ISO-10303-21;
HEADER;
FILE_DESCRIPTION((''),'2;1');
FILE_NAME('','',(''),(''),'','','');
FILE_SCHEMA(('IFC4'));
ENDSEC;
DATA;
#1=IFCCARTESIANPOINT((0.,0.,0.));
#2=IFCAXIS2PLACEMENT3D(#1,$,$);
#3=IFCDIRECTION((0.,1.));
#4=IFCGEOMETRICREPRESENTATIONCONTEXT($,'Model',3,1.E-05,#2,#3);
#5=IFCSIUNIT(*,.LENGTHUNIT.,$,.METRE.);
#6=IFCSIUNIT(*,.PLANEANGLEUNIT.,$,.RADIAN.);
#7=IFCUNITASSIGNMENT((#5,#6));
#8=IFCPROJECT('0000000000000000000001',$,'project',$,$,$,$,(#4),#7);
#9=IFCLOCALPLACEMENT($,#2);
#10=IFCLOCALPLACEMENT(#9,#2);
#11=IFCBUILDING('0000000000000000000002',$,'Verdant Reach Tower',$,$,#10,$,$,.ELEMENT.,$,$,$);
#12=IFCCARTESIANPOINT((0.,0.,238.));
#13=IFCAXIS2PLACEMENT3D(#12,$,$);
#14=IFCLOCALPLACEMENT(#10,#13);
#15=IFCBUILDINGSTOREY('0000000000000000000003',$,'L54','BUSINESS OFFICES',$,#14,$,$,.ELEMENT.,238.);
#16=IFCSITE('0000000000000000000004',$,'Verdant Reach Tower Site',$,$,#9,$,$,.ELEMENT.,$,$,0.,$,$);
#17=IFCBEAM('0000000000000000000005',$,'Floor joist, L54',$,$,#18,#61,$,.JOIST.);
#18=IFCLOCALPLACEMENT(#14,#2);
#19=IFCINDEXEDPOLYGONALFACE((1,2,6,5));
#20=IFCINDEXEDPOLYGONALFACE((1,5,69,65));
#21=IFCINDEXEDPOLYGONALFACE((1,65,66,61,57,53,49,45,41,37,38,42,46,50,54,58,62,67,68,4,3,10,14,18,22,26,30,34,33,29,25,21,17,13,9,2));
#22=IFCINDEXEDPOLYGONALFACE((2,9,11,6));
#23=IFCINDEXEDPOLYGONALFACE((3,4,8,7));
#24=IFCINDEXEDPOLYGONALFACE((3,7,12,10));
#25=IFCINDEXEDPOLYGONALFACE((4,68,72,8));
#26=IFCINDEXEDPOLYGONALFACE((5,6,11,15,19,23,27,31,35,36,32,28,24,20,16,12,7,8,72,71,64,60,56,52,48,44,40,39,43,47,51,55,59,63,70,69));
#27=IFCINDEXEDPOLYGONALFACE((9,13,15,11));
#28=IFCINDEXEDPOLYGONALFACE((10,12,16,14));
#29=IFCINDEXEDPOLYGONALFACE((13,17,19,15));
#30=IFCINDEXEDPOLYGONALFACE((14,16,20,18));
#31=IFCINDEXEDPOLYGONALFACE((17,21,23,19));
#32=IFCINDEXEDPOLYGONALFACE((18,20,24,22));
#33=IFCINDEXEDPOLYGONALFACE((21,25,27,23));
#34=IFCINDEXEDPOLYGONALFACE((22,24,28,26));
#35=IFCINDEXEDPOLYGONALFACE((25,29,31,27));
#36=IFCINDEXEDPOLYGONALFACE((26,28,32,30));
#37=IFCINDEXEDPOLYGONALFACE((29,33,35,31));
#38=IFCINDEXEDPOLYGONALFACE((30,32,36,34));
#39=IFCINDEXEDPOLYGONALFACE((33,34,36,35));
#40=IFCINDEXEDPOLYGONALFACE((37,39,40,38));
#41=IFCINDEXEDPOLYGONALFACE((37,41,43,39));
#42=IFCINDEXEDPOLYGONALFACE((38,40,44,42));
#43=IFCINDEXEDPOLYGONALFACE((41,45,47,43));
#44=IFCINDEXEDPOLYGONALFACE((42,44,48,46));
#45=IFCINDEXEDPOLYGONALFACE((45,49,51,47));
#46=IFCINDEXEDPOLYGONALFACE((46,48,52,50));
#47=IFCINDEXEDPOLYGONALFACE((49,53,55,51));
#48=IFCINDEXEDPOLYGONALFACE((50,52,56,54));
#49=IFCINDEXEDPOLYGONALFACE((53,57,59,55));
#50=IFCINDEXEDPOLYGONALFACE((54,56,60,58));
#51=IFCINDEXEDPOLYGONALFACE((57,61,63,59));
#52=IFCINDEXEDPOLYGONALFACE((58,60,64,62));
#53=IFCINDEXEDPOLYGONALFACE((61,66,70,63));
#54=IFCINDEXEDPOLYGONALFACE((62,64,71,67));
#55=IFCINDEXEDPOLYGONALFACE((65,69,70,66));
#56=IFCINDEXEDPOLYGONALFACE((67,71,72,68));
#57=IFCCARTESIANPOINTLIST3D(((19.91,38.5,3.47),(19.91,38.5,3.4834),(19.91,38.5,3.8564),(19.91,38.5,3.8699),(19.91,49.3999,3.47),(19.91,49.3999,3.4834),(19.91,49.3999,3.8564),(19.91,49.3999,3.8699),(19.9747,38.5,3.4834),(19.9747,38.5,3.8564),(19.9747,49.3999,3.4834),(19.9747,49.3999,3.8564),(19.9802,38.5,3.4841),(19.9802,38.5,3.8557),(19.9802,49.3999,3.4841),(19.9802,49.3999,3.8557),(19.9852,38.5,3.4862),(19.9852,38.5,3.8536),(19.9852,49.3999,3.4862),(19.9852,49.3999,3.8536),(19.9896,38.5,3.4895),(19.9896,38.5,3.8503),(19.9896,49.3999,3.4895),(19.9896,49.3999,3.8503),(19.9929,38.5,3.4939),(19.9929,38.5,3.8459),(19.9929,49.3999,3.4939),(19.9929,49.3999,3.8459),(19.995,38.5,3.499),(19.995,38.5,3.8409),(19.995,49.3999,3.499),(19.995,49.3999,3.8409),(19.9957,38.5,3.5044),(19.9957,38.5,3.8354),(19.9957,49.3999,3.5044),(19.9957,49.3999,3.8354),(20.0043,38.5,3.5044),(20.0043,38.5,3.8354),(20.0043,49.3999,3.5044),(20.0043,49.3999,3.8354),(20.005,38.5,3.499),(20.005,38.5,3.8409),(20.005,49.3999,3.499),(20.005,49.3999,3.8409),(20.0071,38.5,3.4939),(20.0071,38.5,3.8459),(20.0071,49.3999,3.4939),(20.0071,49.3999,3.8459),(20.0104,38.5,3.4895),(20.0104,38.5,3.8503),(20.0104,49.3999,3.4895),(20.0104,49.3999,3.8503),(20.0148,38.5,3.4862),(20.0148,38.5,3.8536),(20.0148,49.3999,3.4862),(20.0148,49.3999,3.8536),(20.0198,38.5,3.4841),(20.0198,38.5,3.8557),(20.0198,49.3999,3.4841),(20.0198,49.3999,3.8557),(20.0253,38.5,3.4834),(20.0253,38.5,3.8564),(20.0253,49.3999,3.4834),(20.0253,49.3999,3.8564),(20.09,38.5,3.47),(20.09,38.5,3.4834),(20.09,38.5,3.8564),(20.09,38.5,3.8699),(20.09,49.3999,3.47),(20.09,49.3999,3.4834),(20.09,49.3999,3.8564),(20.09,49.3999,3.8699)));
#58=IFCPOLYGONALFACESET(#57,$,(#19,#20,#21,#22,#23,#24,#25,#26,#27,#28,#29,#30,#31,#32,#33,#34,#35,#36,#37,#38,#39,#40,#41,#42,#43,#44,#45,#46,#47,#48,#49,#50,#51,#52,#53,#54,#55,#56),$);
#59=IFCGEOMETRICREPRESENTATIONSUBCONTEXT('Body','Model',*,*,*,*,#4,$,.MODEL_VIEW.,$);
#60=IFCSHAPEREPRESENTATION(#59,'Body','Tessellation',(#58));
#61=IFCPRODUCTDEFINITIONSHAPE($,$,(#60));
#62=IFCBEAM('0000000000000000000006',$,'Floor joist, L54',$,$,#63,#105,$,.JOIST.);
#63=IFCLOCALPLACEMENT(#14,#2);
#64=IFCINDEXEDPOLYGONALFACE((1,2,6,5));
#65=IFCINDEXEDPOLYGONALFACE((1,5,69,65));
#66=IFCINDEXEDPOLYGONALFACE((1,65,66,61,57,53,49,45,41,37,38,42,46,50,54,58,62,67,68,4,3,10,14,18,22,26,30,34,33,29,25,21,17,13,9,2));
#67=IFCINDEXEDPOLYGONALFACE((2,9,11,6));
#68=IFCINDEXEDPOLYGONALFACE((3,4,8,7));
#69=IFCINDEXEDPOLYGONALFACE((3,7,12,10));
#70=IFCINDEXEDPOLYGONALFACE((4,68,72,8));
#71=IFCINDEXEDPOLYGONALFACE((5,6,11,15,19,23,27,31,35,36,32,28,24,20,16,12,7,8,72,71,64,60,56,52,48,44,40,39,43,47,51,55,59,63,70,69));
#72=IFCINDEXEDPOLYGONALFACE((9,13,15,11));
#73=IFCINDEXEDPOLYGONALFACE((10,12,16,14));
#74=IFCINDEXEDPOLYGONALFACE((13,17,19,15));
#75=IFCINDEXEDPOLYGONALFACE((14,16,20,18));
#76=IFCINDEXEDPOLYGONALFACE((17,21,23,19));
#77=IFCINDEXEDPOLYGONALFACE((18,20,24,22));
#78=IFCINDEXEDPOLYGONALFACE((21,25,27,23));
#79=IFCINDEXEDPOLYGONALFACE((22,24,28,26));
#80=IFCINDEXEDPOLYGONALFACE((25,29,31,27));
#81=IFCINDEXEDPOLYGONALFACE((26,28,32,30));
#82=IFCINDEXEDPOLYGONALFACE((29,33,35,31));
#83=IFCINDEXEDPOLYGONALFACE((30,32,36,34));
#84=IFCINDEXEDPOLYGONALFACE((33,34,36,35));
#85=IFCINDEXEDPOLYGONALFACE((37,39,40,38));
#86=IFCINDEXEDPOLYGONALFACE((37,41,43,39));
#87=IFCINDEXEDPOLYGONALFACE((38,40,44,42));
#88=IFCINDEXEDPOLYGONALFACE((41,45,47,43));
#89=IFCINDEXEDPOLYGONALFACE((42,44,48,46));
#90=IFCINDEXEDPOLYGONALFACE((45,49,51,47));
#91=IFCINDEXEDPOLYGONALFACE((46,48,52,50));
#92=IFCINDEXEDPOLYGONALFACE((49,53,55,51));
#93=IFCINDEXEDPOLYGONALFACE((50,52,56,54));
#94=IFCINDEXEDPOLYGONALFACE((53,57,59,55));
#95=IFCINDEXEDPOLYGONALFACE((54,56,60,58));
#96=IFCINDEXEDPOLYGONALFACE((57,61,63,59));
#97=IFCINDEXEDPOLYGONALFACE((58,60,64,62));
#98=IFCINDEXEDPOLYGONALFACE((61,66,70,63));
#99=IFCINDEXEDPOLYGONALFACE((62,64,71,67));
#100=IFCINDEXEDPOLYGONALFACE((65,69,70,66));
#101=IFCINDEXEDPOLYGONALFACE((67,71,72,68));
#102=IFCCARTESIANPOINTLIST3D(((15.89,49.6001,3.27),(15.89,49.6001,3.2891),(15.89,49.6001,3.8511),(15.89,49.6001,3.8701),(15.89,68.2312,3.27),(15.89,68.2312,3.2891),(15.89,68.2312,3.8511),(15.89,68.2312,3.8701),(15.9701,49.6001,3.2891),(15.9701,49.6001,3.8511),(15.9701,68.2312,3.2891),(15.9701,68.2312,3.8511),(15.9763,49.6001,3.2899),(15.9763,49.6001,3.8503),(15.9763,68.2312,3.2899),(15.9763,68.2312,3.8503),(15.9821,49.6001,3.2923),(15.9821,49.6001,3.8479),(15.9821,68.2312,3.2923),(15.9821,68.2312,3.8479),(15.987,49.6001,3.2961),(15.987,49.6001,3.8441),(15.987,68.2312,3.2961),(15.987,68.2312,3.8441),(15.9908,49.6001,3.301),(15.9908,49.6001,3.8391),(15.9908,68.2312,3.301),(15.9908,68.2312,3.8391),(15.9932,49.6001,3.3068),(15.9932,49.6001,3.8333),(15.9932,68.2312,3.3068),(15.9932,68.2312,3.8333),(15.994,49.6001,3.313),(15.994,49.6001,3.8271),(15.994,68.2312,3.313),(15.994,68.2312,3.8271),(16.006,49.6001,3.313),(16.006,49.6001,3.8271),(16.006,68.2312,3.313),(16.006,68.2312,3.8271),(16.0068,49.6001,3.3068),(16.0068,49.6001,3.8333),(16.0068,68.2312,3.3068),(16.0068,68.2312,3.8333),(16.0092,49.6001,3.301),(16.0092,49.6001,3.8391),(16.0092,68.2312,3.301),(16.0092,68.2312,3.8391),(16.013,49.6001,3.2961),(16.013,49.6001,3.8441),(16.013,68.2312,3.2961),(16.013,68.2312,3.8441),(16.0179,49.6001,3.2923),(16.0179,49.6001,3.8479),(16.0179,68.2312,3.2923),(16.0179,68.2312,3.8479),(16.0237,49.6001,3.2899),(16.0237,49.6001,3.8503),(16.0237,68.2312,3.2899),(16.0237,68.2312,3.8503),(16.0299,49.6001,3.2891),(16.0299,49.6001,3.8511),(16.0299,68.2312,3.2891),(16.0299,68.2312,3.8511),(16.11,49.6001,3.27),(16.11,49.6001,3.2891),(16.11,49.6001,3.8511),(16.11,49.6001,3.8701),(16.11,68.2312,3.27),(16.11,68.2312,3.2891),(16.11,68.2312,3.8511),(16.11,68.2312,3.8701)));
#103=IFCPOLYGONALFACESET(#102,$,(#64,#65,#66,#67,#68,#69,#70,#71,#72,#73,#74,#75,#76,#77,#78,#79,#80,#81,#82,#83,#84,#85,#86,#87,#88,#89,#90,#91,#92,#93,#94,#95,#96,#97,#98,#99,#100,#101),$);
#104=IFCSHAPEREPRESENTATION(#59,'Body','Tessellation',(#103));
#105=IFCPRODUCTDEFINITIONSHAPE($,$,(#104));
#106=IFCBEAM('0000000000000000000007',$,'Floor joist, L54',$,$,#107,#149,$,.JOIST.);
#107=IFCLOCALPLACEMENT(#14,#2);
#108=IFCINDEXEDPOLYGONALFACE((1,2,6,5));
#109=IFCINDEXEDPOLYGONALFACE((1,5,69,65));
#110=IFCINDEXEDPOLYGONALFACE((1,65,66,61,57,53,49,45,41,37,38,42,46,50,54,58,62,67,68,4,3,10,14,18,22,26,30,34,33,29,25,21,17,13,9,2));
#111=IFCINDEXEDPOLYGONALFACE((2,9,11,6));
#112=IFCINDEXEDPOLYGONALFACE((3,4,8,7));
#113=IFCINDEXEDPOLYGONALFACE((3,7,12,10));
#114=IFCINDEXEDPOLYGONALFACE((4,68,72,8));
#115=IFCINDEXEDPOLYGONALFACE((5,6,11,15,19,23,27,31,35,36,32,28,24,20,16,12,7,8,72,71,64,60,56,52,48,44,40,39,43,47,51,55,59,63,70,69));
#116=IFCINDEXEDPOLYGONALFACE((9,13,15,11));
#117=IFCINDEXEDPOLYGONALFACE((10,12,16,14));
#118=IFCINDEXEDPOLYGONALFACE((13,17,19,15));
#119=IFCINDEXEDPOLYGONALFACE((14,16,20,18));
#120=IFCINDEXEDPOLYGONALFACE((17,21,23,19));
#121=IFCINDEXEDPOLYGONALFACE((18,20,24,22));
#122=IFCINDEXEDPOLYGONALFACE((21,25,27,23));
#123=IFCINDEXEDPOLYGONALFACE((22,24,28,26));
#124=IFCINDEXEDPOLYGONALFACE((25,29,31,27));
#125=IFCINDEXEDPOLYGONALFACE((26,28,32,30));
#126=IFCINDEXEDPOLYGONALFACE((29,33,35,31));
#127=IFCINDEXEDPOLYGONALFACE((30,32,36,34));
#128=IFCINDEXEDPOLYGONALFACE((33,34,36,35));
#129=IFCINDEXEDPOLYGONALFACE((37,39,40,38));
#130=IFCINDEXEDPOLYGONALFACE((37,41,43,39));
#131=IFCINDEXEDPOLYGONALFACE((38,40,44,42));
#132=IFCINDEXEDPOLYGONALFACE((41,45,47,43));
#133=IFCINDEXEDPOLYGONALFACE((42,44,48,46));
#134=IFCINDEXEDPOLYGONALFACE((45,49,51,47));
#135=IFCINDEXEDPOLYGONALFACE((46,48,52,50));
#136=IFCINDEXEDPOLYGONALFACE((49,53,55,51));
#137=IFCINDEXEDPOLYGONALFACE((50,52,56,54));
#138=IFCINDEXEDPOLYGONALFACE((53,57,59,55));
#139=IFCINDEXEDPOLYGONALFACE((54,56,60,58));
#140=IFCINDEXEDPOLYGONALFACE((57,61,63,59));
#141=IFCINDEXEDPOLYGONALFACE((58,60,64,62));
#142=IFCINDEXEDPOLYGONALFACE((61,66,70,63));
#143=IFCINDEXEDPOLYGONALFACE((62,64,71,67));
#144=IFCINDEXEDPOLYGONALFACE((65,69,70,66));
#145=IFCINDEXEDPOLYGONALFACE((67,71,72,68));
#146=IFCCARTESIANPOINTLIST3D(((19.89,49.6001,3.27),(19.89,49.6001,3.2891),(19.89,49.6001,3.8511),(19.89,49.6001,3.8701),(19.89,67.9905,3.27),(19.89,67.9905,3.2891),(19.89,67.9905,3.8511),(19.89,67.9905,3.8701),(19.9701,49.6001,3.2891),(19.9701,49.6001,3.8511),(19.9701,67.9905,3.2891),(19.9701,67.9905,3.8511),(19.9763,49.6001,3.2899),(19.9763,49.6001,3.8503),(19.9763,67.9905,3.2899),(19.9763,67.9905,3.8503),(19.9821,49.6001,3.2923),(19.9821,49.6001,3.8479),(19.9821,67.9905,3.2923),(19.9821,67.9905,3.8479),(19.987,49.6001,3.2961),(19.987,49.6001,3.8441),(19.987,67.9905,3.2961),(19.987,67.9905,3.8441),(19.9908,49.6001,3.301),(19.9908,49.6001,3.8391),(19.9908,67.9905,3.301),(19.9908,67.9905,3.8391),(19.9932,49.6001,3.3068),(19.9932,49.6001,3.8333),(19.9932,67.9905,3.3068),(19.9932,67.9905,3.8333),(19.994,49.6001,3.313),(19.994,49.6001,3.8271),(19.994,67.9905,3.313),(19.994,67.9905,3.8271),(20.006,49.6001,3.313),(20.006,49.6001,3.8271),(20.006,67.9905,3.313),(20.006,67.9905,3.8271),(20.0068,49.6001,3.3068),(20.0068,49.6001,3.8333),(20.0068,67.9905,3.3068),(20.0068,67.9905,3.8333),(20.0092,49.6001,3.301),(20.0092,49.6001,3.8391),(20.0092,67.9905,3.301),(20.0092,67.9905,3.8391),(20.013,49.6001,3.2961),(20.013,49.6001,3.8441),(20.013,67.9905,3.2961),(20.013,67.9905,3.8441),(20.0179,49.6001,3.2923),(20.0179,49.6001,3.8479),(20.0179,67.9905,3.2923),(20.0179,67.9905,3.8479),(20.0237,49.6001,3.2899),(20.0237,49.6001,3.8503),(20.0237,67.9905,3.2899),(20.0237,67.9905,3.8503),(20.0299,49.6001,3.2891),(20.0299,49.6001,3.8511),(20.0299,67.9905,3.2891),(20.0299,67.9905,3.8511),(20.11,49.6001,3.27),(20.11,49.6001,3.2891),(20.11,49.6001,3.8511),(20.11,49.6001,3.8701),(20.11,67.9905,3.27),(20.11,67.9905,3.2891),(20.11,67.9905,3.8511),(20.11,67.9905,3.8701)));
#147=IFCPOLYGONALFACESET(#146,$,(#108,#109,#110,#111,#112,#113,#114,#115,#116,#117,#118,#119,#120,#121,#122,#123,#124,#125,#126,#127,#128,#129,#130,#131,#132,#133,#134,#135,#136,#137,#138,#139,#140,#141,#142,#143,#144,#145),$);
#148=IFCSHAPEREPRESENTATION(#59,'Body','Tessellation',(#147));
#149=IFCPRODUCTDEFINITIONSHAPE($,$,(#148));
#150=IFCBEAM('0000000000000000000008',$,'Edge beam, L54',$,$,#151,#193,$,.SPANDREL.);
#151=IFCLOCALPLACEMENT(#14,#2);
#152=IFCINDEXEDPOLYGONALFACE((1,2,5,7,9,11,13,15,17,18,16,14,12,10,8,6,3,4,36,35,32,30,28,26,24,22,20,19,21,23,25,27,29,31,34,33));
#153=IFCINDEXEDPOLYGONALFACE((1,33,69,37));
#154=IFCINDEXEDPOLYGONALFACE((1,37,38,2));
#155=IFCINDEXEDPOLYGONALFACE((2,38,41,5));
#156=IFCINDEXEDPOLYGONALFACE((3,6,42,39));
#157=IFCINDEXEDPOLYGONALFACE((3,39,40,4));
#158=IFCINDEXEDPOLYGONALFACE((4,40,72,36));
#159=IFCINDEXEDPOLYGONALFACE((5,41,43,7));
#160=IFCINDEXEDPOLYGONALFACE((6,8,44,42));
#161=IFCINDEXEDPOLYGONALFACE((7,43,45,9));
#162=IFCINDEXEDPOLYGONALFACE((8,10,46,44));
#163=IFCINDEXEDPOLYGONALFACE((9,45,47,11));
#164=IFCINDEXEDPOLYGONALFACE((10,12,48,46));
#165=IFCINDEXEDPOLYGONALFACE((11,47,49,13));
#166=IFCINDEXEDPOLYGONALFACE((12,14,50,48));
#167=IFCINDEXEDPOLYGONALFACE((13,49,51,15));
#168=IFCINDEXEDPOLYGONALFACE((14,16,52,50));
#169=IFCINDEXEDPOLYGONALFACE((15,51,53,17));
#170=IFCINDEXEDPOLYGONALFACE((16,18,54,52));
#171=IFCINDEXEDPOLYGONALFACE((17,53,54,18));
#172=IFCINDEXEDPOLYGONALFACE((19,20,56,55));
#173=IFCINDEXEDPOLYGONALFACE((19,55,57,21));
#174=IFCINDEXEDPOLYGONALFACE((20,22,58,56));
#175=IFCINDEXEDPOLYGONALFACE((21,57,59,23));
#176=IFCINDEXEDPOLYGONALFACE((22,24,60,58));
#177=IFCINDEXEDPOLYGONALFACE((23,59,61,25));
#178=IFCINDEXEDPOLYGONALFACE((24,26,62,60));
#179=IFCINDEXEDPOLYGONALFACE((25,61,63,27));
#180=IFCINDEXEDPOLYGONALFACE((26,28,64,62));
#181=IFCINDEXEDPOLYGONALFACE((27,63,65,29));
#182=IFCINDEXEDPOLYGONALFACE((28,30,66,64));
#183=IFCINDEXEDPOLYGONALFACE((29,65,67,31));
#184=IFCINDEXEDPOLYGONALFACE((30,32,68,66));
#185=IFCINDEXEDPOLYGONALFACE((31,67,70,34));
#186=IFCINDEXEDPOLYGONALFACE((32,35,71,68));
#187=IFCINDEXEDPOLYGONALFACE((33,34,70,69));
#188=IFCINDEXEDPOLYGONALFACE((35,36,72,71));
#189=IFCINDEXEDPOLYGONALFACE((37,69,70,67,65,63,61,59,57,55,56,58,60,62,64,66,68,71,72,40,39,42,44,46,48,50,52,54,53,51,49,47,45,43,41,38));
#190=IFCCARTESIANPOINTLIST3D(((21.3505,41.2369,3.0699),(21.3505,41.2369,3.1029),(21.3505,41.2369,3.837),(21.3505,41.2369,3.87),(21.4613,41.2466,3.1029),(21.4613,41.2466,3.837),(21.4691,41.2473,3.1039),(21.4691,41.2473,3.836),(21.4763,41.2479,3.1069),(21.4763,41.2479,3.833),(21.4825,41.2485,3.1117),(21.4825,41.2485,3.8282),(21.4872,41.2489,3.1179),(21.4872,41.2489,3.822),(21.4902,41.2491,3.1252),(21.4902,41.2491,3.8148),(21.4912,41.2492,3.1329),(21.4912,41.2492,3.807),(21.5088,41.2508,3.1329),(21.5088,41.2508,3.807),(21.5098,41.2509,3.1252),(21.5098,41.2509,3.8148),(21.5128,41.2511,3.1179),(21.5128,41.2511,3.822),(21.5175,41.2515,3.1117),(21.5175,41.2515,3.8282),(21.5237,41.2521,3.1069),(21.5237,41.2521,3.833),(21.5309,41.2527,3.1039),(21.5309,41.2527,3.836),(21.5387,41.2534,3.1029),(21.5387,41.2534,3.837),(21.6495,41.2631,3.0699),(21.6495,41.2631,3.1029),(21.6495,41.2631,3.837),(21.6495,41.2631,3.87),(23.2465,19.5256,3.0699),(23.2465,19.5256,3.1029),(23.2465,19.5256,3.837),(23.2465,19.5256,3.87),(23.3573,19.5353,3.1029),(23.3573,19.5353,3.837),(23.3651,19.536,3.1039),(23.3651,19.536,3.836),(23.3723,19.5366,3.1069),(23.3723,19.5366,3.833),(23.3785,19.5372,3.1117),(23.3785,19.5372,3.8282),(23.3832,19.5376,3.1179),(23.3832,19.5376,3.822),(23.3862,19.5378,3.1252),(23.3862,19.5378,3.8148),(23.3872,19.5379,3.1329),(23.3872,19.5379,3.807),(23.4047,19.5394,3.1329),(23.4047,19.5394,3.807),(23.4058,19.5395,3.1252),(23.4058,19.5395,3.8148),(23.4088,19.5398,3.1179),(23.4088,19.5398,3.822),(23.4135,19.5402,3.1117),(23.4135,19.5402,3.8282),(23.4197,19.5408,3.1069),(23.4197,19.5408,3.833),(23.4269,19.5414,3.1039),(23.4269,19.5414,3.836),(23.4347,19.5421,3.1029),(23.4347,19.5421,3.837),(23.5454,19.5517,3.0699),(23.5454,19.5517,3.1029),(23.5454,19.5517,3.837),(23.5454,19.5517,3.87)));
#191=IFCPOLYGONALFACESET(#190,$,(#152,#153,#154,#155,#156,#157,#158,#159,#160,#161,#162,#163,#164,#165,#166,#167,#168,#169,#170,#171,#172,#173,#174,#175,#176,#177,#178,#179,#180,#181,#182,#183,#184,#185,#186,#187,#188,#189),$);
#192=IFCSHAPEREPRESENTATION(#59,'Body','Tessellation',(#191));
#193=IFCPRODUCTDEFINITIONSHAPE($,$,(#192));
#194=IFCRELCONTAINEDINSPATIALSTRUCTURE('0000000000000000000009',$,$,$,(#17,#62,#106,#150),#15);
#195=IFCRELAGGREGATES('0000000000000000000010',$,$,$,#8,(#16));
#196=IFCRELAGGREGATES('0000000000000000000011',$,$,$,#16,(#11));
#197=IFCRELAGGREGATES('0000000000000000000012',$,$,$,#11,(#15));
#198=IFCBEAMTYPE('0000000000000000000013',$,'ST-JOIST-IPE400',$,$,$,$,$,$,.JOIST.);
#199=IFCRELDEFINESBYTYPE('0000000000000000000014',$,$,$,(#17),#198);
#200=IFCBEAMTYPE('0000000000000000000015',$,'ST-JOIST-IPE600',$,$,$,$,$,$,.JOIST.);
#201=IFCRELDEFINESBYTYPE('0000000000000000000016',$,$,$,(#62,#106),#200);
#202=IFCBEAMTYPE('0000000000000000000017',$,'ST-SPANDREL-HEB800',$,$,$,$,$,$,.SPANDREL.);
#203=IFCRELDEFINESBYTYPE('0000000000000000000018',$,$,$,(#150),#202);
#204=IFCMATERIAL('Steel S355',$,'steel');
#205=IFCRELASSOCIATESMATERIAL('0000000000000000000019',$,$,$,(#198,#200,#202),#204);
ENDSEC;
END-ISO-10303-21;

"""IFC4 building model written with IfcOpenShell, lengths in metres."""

from ifc_helpers import new_model, si_unit, direction, frame, origin, origin_2d, place, context, subcontext, project, spatial, i_section, extrude, material, material_profile, profile_set, type_object, element, save


model = new_model("IFC4")

# Units and contexts
model_context = context("Model", 3, precision=1e-05, world=origin(), true_north=direction((0.0, 1.0)))
body_context = subcontext(model_context, "Body", "Model", "MODEL_VIEW")
ifc_project = project(units=[si_unit("LENGTHUNIT", "METRE"), si_unit("PLANEANGLEUNIT", "RADIAN")], contexts=[model_context])

# Site, building, storey
site_placement = place(None, origin())
site = spatial("IfcSite", under=ifc_project, at=site_placement, Name="Verdant Reach Tower Site", CompositionType="ELEMENT", RefElevation=0.0)
building_placement = place(site_placement, origin())
building = spatial("IfcBuilding", under=site, at=building_placement, Name="Verdant Reach Tower", CompositionType="ELEMENT")
storey_placement = place(building_placement, frame((0.0, 0.0, 238.0)))
storey = spatial("IfcBuildingStorey", under=building, at=storey_placement, Name="L54", Description="BUSINESS OFFICES", CompositionType="ELEMENT", Elevation=238.0)

# Beams
ifc_material_1 = material(Name="Steel S355", Category="steel")
ifc_material_profile_1 = material_profile(ifc_material_1, i_section(OverallWidth=0.1799, OverallDepth=0.3999, WebThickness=0.0085, FlangeThickness=0.0134, FilletRadius=0.021, at=origin_2d()), Name="IPE 400")
ifc_profile_set_1 = profile_set([ifc_material_profile_1], Name="Steel S355")
beam_type_1 = type_object("IfcBeamType", Name="ST-JOIST-IPE400", PredefinedType="JOIST", material=ifc_profile_set_1)
for number, where, z_axis, x_axis, name in (
    (1, (20.0, 38.5, 3.6699), (0.0, 1.0, 0.0), (-1.0, 0.0, 0.0), "Floor joist, L54"),
):
    element("IfcBeam", number, at=place(storey_placement, frame(where, z_axis=z_axis, x_axis=x_axis)), inside=storey, type_object=beam_type_1, Name=name, PredefinedType="JOIST", context=body_context, shape_type="SweptSolid", body=[
        extrude(i_section(OverallWidth=0.1799, OverallDepth=0.3999, WebThickness=0.0085, FlangeThickness=0.0134, FilletRadius=0.021, at=origin_2d()), origin(), (0.0, 0.0, 1.0), 10.8999),
    ])
ifc_material_profile_2 = material_profile(ifc_material_1, i_section(OverallWidth=0.22, OverallDepth=0.6001, WebThickness=0.012, FlangeThickness=0.019, FilletRadius=0.0239, at=origin_2d()), Name="IPE 600")
ifc_profile_set_2 = profile_set([ifc_material_profile_2], Name="Steel S355")
beam_type_2 = type_object("IfcBeamType", Name="ST-JOIST-IPE600", PredefinedType="JOIST", material=ifc_profile_set_2)
beam_1_placement = place(storey_placement, frame((16.0, 49.6001, 3.5701), z_axis=(0.0, 1.0, 0.0), x_axis=(-1.0, 0.0, 0.0)))
element("IfcBeam", 2, at=beam_1_placement, inside=storey, type_object=beam_type_2, Name="Floor joist, L54", PredefinedType="JOIST", context=body_context, shape_type="SweptSolid", body=[
    extrude(i_section(OverallWidth=0.22, OverallDepth=0.6001, WebThickness=0.012, FlangeThickness=0.019, FilletRadius=0.0239, at=origin_2d()), origin(), (0.0, 0.0, 1.0), 18.6311),
])
beam_2_placement = place(storey_placement, frame((20.0, 49.6001, 3.5701), z_axis=(0.0, 1.0, 0.0), x_axis=(-1.0, 0.0, 0.0)))
element("IfcBeam", 3, at=beam_2_placement, inside=storey, type_object=beam_type_2, Name="Floor joist, L54", PredefinedType="JOIST", context=body_context, shape_type="SweptSolid", body=[
    extrude(i_section(OverallWidth=0.22, OverallDepth=0.6001, WebThickness=0.012, FlangeThickness=0.019, FilletRadius=0.0239, at=origin_2d()), origin(), (0.0, 0.0, 1.0), 18.3904),
])
ifc_material_profile_3 = material_profile(ifc_material_1, i_section(OverallWidth=0.3, OverallDepth=0.8, WebThickness=0.0176, FlangeThickness=0.033, FilletRadius=0.03, at=origin_2d()), Name="HEB 800")
ifc_profile_set_3 = profile_set([ifc_material_profile_3], Name="Steel S355")
beam_type_3 = type_object("IfcBeamType", Name="ST-SPANDREL-HEB800", PredefinedType="SPANDREL", material=ifc_profile_set_3)
beam_3_placement = place(storey_placement, frame((21.5, 41.25, 3.47), z_axis=(0.086996, -0.996209, 0.0), x_axis=(0.996209, 0.086996, 0.0)))
element("IfcBeam", 4, at=beam_3_placement, inside=storey, type_object=beam_type_3, Name="Edge beam, L54", PredefinedType="SPANDREL", context=body_context, shape_type="SweptSolid", body=[
    extrude(i_section(OverallWidth=0.3, OverallDepth=0.8, WebThickness=0.0176, FlangeThickness=0.033, FilletRadius=0.03, at=origin_2d()), origin(), (0.0, 0.0, 1.0), 21.7939),
])

save(model, "model.ifc")
